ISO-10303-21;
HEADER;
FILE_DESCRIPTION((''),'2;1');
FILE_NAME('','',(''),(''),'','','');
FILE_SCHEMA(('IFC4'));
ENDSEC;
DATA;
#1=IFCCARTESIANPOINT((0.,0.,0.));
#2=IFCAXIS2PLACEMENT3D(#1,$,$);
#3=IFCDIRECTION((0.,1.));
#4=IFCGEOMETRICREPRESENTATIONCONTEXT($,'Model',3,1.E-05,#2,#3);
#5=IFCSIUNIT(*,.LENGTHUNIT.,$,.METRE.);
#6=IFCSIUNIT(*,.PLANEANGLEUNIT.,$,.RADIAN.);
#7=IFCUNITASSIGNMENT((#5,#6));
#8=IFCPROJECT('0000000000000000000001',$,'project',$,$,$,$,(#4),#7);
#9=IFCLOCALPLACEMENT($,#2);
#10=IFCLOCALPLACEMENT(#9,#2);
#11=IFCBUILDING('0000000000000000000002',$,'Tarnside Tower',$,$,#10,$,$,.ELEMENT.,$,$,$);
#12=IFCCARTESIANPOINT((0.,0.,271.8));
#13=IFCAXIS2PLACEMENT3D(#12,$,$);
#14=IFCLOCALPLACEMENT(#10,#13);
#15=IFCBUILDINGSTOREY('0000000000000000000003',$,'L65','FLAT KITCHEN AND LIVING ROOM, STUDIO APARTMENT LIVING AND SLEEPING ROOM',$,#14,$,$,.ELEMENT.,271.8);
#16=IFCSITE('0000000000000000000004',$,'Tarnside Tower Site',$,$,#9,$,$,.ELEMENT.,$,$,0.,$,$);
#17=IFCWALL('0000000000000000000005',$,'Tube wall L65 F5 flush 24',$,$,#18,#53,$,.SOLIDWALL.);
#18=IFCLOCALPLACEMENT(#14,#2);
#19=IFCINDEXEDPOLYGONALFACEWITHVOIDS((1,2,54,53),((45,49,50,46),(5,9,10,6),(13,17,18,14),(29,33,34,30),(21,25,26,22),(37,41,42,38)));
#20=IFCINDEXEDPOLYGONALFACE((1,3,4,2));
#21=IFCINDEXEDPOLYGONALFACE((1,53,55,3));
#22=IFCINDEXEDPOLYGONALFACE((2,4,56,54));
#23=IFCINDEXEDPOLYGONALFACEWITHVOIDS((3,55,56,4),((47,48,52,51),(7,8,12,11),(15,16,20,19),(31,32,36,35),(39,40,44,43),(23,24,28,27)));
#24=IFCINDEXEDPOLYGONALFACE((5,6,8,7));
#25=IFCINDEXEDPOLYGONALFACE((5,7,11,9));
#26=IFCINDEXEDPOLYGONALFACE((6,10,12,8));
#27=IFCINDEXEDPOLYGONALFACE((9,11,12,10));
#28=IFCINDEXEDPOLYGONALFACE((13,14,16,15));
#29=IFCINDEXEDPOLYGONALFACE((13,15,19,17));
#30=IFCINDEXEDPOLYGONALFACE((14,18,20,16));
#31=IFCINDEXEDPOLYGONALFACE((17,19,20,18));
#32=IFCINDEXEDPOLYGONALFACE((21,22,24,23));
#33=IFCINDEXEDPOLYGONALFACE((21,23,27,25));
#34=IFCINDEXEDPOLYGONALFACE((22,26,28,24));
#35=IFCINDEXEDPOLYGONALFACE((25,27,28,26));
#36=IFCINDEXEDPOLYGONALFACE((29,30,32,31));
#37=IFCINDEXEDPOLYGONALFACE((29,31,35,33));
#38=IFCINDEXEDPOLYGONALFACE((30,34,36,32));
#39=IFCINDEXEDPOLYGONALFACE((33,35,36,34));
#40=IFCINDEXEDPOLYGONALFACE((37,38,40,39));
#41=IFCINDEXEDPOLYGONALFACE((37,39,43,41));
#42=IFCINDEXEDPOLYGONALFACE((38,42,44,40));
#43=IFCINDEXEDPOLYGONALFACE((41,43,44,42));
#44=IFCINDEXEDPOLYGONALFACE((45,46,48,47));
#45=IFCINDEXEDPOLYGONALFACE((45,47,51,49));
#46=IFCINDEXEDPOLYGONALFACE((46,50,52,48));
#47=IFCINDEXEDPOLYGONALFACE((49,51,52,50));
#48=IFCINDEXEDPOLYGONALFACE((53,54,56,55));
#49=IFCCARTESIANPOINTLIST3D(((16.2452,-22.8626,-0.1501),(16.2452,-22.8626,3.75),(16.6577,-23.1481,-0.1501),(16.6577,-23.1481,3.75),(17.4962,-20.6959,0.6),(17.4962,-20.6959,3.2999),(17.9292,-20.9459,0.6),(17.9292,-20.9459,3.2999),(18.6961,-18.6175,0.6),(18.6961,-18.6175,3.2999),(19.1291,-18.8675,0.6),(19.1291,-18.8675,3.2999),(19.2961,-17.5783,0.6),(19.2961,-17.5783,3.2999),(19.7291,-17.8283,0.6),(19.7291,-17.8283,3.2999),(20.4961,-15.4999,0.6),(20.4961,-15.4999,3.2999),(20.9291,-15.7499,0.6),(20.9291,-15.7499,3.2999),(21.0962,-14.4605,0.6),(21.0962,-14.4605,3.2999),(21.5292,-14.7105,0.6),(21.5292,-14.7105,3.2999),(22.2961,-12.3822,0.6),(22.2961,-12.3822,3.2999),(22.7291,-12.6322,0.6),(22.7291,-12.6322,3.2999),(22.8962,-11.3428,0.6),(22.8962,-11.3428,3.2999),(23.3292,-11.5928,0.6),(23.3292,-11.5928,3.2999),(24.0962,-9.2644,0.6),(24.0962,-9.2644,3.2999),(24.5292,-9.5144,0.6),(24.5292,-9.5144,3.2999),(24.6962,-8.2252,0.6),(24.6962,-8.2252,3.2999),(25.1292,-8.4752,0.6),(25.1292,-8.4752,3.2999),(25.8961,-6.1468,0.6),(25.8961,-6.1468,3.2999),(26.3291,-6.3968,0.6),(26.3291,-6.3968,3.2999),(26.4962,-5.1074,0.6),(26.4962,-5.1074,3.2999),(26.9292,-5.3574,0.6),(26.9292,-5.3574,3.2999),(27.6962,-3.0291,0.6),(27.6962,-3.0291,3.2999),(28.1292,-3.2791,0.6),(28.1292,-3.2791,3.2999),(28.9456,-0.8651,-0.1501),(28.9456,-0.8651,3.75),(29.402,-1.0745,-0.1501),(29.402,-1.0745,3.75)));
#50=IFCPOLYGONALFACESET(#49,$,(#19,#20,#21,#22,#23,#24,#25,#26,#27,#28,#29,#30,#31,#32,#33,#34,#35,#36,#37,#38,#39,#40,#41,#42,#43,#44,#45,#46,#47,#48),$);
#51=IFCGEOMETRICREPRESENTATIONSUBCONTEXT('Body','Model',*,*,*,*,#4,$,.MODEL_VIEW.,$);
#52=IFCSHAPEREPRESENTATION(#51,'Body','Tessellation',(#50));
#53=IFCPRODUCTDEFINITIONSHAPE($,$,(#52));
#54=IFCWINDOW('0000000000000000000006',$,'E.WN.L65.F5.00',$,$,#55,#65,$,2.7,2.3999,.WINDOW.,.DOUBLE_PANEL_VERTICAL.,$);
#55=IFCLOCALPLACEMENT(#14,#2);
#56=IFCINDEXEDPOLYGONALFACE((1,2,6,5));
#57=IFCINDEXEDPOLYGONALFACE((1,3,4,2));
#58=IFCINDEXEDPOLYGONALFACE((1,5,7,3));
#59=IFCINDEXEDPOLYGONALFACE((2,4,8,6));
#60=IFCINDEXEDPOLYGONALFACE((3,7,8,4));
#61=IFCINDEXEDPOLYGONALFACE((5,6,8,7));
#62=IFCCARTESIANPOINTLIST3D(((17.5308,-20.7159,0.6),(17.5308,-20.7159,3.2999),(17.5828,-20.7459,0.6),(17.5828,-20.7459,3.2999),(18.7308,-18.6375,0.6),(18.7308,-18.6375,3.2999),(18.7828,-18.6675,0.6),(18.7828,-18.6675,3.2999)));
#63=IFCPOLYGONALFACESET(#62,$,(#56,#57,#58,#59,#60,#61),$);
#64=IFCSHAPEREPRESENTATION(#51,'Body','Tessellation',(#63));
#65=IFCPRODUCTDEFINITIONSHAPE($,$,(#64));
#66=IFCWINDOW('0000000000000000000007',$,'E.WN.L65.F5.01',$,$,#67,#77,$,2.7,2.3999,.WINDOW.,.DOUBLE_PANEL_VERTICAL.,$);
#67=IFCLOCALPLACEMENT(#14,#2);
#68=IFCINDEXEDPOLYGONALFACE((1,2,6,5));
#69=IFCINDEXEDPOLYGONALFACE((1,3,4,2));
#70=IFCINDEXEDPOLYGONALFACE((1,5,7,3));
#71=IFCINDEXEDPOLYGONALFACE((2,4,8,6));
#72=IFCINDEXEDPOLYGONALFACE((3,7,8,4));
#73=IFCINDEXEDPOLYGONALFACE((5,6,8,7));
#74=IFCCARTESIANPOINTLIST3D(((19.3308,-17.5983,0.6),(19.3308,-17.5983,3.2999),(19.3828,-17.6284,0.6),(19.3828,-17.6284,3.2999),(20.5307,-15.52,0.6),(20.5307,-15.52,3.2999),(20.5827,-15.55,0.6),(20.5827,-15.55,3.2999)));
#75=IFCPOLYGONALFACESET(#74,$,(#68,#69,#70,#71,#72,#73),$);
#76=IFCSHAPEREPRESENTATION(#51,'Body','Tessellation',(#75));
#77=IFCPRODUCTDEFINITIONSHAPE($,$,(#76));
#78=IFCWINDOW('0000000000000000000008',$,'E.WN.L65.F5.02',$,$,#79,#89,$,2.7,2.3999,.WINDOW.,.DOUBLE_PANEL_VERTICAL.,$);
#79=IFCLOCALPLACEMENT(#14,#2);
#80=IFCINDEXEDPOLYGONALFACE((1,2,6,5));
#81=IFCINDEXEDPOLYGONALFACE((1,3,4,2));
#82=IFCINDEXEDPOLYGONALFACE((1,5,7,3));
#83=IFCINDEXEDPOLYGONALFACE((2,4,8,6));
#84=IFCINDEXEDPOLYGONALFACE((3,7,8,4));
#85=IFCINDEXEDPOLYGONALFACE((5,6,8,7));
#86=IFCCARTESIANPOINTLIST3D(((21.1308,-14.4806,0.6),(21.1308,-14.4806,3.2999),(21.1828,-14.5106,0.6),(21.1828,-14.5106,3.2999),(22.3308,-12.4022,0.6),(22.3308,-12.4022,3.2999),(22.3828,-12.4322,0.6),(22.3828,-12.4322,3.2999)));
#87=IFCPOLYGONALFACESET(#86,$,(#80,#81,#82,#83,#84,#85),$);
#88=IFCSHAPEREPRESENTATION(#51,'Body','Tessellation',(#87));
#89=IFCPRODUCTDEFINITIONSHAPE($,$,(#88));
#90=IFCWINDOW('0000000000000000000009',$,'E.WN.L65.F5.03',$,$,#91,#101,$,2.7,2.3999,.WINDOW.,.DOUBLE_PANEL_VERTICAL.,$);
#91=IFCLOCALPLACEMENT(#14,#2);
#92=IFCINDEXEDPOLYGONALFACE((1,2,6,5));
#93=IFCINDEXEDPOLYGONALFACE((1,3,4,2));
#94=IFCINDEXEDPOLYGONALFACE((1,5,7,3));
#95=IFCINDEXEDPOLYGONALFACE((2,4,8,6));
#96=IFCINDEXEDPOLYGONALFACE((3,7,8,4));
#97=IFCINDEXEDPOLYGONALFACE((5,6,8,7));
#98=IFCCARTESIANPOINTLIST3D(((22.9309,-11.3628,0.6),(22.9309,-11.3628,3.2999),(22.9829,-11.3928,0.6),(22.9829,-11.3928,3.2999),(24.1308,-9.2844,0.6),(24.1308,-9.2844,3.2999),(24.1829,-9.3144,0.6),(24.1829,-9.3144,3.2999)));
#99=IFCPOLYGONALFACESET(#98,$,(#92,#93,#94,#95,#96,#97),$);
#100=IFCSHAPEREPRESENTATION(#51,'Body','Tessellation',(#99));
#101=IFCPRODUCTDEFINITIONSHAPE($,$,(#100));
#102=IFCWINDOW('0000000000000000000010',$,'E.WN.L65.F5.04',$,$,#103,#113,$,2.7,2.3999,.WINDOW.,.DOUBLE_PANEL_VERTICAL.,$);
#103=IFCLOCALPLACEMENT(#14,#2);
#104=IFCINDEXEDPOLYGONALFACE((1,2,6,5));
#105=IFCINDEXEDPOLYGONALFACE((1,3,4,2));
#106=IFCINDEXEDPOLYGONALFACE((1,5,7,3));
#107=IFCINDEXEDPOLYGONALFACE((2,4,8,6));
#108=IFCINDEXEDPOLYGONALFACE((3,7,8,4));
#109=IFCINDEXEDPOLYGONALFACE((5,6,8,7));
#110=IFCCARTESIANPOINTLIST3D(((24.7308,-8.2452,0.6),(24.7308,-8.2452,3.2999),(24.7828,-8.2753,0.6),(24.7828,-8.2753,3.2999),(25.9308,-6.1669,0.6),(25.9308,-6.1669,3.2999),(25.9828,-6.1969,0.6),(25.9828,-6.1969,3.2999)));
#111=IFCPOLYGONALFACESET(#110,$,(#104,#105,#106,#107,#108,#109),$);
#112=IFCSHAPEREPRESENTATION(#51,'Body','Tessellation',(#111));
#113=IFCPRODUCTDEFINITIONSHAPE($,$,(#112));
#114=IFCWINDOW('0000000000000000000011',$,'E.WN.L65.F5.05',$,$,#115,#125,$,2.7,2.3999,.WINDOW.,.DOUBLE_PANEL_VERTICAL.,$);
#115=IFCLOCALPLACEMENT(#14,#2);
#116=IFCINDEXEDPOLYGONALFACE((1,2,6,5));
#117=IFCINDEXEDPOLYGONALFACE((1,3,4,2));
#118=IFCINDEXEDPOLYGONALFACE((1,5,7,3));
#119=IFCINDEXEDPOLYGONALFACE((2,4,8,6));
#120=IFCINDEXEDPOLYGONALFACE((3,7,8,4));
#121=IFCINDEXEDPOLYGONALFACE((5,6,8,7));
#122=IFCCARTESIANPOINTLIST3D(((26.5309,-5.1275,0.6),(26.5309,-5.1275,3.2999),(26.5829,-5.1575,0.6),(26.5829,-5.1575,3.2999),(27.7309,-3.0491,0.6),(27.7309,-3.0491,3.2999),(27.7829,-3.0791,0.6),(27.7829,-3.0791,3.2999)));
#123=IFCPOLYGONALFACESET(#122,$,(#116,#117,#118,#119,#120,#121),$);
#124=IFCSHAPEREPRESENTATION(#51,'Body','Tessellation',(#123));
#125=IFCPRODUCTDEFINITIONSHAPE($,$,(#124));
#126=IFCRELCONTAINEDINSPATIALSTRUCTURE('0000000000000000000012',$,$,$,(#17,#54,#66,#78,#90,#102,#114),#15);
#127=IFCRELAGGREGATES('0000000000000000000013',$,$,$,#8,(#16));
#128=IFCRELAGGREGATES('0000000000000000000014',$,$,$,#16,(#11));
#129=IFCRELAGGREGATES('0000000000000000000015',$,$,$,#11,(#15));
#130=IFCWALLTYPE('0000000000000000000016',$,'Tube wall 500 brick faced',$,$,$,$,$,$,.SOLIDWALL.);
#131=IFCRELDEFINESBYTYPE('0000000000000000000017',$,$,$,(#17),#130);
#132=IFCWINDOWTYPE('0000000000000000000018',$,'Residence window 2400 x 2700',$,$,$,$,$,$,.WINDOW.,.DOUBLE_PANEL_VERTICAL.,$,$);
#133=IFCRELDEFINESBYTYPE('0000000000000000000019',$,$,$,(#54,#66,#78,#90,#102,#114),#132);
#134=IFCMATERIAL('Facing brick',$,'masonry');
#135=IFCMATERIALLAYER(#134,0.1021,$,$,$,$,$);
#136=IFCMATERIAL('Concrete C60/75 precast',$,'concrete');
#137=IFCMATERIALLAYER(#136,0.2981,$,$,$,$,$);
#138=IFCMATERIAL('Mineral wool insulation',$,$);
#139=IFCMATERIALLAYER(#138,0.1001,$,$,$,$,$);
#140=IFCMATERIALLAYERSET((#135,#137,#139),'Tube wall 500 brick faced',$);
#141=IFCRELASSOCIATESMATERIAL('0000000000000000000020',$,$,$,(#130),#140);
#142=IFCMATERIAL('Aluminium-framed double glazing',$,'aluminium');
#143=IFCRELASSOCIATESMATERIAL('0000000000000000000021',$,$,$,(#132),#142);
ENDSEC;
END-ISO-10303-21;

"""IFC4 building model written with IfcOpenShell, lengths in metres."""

from ifc_helpers import new_model, si_unit, direction, frame, frame_2d, origin, place, context, subcontext, project, spatial, polyline, rectangle, outline, extrude, material, layer, layer_set, type_object, element, fill, save


model = new_model("IFC4")

# Units and contexts
model_context = context("Model", 3, precision=1e-05, world=origin(), true_north=direction((0.0, 1.0)))
body_context = subcontext(model_context, "Body", "Model", "MODEL_VIEW")
ifc_project = project(units=[si_unit("LENGTHUNIT", "METRE"), si_unit("PLANEANGLEUNIT", "RADIAN")], contexts=[model_context])

# Site, building, storey
site_placement = place(None, origin())
site = spatial("IfcSite", under=ifc_project, at=site_placement, Name="Tarnside Tower Site", CompositionType="ELEMENT", RefElevation=0.0)
building_placement = place(site_placement, origin())
building = spatial("IfcBuilding", under=site, at=building_placement, Name="Tarnside Tower", CompositionType="ELEMENT")
storey_placement = place(building_placement, frame((0.0, 0.0, 271.8)))
storey = spatial("IfcBuildingStorey", under=building, at=storey_placement, Name="L65", Description="FLAT KITCHEN AND LIVING ROOM, STUDIO APARTMENT LIVING AND SLEEPING ROOM", CompositionType="ELEMENT", Elevation=271.8)

# Shared definitions
ifc_material_1 = material(Name="Facing brick", Category="masonry")
ifc_layer_1 = layer(ifc_material_1, 0.1021)
ifc_material_2 = material(Name="Concrete C60/75 precast", Category="concrete")
ifc_layer_2 = layer(ifc_material_2, 0.2981)
ifc_material_3 = material(Name="Mineral wool insulation")
ifc_layer_3 = layer(ifc_material_3, 0.1001)
ifc_layer_set_1 = layer_set([ifc_layer_1, ifc_layer_2, ifc_layer_3], Name="Tube wall 500 brick faced")
wall_type_1 = type_object("IfcWallType", Name="Tube wall 500 brick faced", PredefinedType="SOLIDWALL", material=ifc_layer_set_1)

# Wall, openings, windows
wall_1_placement = place(storey_placement, frame((16.4514, -23.0054, -0.1501), z_axis=(0.0, 0.0, 1.0), x_axis=(0.500004, 0.866023, 0.0)))
wall_1 = element("IfcWall", 1, at=wall_1_placement, inside=storey, type_object=wall_type_1, Name="Tube wall L65 F5 flush 24", PredefinedType="SOLIDWALL", context=body_context, shape_type="SweptSolid", body=[
    extrude(outline(polyline([(-0.0205, -0.25), (25.468, -0.25), (25.4211, 0.25), (0.0205, 0.25), (-0.0205, -0.25)])), origin(), (0.0, 0.0, 1.0), 3.9001),
])
opening_1_placement = place(wall_1_placement, frame((2.5225, 0.0, 0.75)))
opening_1 = element("IfcOpeningElement", 2, at=opening_1_placement, cuts=wall_1, PredefinedType="OPENING", context=body_context, shape_type="SweptSolid", body=[
    extrude(rectangle(XDim=2.3999, YDim=2.7, at=frame_2d((1.2, 1.3501))), frame((0.0, 0.26, 0.0), z_axis=(0.0, -1.0, 0.0), x_axis=(1.0, 0.0, 0.0)), (0.0, 0.0, 1.0), 0.52),
])
opening_2_placement = place(wall_1_placement, frame((6.1223, 0.0, 0.75)))
opening_2 = element("IfcOpeningElement", 3, at=opening_2_placement, cuts=wall_1, PredefinedType="OPENING", context=body_context, shape_type="SweptSolid", body=[
    extrude(rectangle(XDim=2.3999, YDim=2.7, at=frame_2d((1.2, 1.3501))), frame((0.0, 0.26, 0.0), z_axis=(0.0, -1.0, 0.0), x_axis=(1.0, 0.0, 0.0)), (0.0, 0.0, 1.0), 0.52),
])
opening_3_placement = place(wall_1_placement, frame((9.7224, 0.0, 0.75)))
opening_3 = element("IfcOpeningElement", 4, at=opening_3_placement, cuts=wall_1, PredefinedType="OPENING", context=body_context, shape_type="SweptSolid", body=[
    extrude(rectangle(XDim=2.3999, YDim=2.7, at=frame_2d((1.2, 1.3501))), frame((0.0, 0.26, 0.0), z_axis=(0.0, -1.0, 0.0), x_axis=(1.0, 0.0, 0.0)), (0.0, 0.0, 1.0), 0.52),
])
opening_4_placement = place(wall_1_placement, frame((13.3225, 0.0, 0.75)))
opening_4 = element("IfcOpeningElement", 5, at=opening_4_placement, cuts=wall_1, PredefinedType="OPENING", context=body_context, shape_type="SweptSolid", body=[
    extrude(rectangle(XDim=2.3999, YDim=2.7, at=frame_2d((1.2, 1.3501))), frame((0.0, 0.26, 0.0), z_axis=(0.0, -1.0, 0.0), x_axis=(1.0, 0.0, 0.0)), (0.0, 0.0, 1.0), 0.52),
])
opening_5_placement = place(wall_1_placement, frame((16.9224, 0.0, 0.75)))
opening_5 = element("IfcOpeningElement", 6, at=opening_5_placement, cuts=wall_1, PredefinedType="OPENING", context=body_context, shape_type="SweptSolid", body=[
    extrude(rectangle(XDim=2.3999, YDim=2.7, at=frame_2d((1.2, 1.3501))), frame((0.0, 0.26, 0.0), z_axis=(0.0, -1.0, 0.0), x_axis=(1.0, 0.0, 0.0)), (0.0, 0.0, 1.0), 0.52),
])
opening_6_placement = place(wall_1_placement, frame((20.5225, 0.0, 0.75)))
opening_6 = element("IfcOpeningElement", 7, at=opening_6_placement, cuts=wall_1, PredefinedType="OPENING", context=body_context, shape_type="SweptSolid", body=[
    extrude(rectangle(XDim=2.3999, YDim=2.7, at=frame_2d((1.2, 1.3501))), frame((0.0, 0.26, 0.0), z_axis=(0.0, -1.0, 0.0), x_axis=(1.0, 0.0, 0.0)), (0.0, 0.0, 1.0), 0.52),
])
ifc_material_4 = material(Name="Aluminium-framed double glazing", Category="aluminium")
window_type = type_object("IfcWindowType", Name="Residence window 2400 x 2700", PartitioningType="DOUBLE_PANEL_VERTICAL", PredefinedType="WINDOW", material=ifc_material_4)
window_1_placement = place(opening_1_placement, frame((0.0, 0.1799, 0.0)))
window_1 = element("IfcWindow", 8, at=window_1_placement, inside=storey, type_object=window_type, Name="E.WN.L65.F5.00", OverallHeight=2.7, OverallWidth=2.3999, PartitioningType="DOUBLE_PANEL_VERTICAL", PredefinedType="WINDOW", context=body_context, shape_type="SweptSolid", body=[
    extrude(rectangle(XDim=2.3999, YDim=2.7, at=frame_2d((1.2, 1.3501))), frame((0.0, 0.03, 0.0), z_axis=(0.0, -1.0, 0.0), x_axis=(1.0, 0.0, 0.0)), (0.0, 0.0, 1.0), 0.0601),
])
fill(opening_1, window_1)
window_2_placement = place(opening_2_placement, frame((0.0, 0.1799, 0.0)))
window_2 = element("IfcWindow", 9, at=window_2_placement, inside=storey, type_object=window_type, Name="E.WN.L65.F5.01", OverallHeight=2.7, OverallWidth=2.3999, PartitioningType="DOUBLE_PANEL_VERTICAL", PredefinedType="WINDOW", context=body_context, shape_type="SweptSolid", body=[
    extrude(rectangle(XDim=2.3999, YDim=2.7, at=frame_2d((1.2, 1.3501))), frame((0.0, 0.03, 0.0), z_axis=(0.0, -1.0, 0.0), x_axis=(1.0, 0.0, 0.0)), (0.0, 0.0, 1.0), 0.0601),
])
fill(opening_2, window_2)
window_3_placement = place(opening_3_placement, frame((0.0, 0.1799, 0.0)))
window_3 = element("IfcWindow", 10, at=window_3_placement, inside=storey, type_object=window_type, Name="E.WN.L65.F5.02", OverallHeight=2.7, OverallWidth=2.3999, PartitioningType="DOUBLE_PANEL_VERTICAL", PredefinedType="WINDOW", context=body_context, shape_type="SweptSolid", body=[
    extrude(rectangle(XDim=2.3999, YDim=2.7, at=frame_2d((1.2, 1.3501))), frame((0.0, 0.03, 0.0), z_axis=(0.0, -1.0, 0.0), x_axis=(1.0, 0.0, 0.0)), (0.0, 0.0, 1.0), 0.0601),
])
fill(opening_3, window_3)
window_4_placement = place(opening_4_placement, frame((0.0, 0.1799, 0.0)))
window_4 = element("IfcWindow", 11, at=window_4_placement, inside=storey, type_object=window_type, Name="E.WN.L65.F5.03", OverallHeight=2.7, OverallWidth=2.3999, PartitioningType="DOUBLE_PANEL_VERTICAL", PredefinedType="WINDOW", context=body_context, shape_type="SweptSolid", body=[
    extrude(rectangle(XDim=2.3999, YDim=2.7, at=frame_2d((1.2, 1.3501))), frame((0.0, 0.03, 0.0), z_axis=(0.0, -1.0, 0.0), x_axis=(1.0, 0.0, 0.0)), (0.0, 0.0, 1.0), 0.0601),
])
fill(opening_4, window_4)
window_5_placement = place(opening_5_placement, frame((0.0, 0.1799, 0.0)))
window_5 = element("IfcWindow", 12, at=window_5_placement, inside=storey, type_object=window_type, Name="E.WN.L65.F5.04", OverallHeight=2.7, OverallWidth=2.3999, PartitioningType="DOUBLE_PANEL_VERTICAL", PredefinedType="WINDOW", context=body_context, shape_type="SweptSolid", body=[
    extrude(rectangle(XDim=2.3999, YDim=2.7, at=frame_2d((1.2, 1.3501))), frame((0.0, 0.03, 0.0), z_axis=(0.0, -1.0, 0.0), x_axis=(1.0, 0.0, 0.0)), (0.0, 0.0, 1.0), 0.0601),
])
fill(opening_5, window_5)
window_6_placement = place(opening_6_placement, frame((0.0, 0.1799, 0.0)))
window_6 = element("IfcWindow", 13, at=window_6_placement, inside=storey, type_object=window_type, Name="E.WN.L65.F5.05", OverallHeight=2.7, OverallWidth=2.3999, PartitioningType="DOUBLE_PANEL_VERTICAL", PredefinedType="WINDOW", context=body_context, shape_type="SweptSolid", body=[
    extrude(rectangle(XDim=2.3999, YDim=2.7, at=frame_2d((1.2, 1.3501))), frame((0.0, 0.03, 0.0), z_axis=(0.0, -1.0, 0.0), x_axis=(1.0, 0.0, 0.0)), (0.0, 0.0, 1.0), 0.0601),
])
fill(opening_6, window_6)

save(model, "model.ifc")
